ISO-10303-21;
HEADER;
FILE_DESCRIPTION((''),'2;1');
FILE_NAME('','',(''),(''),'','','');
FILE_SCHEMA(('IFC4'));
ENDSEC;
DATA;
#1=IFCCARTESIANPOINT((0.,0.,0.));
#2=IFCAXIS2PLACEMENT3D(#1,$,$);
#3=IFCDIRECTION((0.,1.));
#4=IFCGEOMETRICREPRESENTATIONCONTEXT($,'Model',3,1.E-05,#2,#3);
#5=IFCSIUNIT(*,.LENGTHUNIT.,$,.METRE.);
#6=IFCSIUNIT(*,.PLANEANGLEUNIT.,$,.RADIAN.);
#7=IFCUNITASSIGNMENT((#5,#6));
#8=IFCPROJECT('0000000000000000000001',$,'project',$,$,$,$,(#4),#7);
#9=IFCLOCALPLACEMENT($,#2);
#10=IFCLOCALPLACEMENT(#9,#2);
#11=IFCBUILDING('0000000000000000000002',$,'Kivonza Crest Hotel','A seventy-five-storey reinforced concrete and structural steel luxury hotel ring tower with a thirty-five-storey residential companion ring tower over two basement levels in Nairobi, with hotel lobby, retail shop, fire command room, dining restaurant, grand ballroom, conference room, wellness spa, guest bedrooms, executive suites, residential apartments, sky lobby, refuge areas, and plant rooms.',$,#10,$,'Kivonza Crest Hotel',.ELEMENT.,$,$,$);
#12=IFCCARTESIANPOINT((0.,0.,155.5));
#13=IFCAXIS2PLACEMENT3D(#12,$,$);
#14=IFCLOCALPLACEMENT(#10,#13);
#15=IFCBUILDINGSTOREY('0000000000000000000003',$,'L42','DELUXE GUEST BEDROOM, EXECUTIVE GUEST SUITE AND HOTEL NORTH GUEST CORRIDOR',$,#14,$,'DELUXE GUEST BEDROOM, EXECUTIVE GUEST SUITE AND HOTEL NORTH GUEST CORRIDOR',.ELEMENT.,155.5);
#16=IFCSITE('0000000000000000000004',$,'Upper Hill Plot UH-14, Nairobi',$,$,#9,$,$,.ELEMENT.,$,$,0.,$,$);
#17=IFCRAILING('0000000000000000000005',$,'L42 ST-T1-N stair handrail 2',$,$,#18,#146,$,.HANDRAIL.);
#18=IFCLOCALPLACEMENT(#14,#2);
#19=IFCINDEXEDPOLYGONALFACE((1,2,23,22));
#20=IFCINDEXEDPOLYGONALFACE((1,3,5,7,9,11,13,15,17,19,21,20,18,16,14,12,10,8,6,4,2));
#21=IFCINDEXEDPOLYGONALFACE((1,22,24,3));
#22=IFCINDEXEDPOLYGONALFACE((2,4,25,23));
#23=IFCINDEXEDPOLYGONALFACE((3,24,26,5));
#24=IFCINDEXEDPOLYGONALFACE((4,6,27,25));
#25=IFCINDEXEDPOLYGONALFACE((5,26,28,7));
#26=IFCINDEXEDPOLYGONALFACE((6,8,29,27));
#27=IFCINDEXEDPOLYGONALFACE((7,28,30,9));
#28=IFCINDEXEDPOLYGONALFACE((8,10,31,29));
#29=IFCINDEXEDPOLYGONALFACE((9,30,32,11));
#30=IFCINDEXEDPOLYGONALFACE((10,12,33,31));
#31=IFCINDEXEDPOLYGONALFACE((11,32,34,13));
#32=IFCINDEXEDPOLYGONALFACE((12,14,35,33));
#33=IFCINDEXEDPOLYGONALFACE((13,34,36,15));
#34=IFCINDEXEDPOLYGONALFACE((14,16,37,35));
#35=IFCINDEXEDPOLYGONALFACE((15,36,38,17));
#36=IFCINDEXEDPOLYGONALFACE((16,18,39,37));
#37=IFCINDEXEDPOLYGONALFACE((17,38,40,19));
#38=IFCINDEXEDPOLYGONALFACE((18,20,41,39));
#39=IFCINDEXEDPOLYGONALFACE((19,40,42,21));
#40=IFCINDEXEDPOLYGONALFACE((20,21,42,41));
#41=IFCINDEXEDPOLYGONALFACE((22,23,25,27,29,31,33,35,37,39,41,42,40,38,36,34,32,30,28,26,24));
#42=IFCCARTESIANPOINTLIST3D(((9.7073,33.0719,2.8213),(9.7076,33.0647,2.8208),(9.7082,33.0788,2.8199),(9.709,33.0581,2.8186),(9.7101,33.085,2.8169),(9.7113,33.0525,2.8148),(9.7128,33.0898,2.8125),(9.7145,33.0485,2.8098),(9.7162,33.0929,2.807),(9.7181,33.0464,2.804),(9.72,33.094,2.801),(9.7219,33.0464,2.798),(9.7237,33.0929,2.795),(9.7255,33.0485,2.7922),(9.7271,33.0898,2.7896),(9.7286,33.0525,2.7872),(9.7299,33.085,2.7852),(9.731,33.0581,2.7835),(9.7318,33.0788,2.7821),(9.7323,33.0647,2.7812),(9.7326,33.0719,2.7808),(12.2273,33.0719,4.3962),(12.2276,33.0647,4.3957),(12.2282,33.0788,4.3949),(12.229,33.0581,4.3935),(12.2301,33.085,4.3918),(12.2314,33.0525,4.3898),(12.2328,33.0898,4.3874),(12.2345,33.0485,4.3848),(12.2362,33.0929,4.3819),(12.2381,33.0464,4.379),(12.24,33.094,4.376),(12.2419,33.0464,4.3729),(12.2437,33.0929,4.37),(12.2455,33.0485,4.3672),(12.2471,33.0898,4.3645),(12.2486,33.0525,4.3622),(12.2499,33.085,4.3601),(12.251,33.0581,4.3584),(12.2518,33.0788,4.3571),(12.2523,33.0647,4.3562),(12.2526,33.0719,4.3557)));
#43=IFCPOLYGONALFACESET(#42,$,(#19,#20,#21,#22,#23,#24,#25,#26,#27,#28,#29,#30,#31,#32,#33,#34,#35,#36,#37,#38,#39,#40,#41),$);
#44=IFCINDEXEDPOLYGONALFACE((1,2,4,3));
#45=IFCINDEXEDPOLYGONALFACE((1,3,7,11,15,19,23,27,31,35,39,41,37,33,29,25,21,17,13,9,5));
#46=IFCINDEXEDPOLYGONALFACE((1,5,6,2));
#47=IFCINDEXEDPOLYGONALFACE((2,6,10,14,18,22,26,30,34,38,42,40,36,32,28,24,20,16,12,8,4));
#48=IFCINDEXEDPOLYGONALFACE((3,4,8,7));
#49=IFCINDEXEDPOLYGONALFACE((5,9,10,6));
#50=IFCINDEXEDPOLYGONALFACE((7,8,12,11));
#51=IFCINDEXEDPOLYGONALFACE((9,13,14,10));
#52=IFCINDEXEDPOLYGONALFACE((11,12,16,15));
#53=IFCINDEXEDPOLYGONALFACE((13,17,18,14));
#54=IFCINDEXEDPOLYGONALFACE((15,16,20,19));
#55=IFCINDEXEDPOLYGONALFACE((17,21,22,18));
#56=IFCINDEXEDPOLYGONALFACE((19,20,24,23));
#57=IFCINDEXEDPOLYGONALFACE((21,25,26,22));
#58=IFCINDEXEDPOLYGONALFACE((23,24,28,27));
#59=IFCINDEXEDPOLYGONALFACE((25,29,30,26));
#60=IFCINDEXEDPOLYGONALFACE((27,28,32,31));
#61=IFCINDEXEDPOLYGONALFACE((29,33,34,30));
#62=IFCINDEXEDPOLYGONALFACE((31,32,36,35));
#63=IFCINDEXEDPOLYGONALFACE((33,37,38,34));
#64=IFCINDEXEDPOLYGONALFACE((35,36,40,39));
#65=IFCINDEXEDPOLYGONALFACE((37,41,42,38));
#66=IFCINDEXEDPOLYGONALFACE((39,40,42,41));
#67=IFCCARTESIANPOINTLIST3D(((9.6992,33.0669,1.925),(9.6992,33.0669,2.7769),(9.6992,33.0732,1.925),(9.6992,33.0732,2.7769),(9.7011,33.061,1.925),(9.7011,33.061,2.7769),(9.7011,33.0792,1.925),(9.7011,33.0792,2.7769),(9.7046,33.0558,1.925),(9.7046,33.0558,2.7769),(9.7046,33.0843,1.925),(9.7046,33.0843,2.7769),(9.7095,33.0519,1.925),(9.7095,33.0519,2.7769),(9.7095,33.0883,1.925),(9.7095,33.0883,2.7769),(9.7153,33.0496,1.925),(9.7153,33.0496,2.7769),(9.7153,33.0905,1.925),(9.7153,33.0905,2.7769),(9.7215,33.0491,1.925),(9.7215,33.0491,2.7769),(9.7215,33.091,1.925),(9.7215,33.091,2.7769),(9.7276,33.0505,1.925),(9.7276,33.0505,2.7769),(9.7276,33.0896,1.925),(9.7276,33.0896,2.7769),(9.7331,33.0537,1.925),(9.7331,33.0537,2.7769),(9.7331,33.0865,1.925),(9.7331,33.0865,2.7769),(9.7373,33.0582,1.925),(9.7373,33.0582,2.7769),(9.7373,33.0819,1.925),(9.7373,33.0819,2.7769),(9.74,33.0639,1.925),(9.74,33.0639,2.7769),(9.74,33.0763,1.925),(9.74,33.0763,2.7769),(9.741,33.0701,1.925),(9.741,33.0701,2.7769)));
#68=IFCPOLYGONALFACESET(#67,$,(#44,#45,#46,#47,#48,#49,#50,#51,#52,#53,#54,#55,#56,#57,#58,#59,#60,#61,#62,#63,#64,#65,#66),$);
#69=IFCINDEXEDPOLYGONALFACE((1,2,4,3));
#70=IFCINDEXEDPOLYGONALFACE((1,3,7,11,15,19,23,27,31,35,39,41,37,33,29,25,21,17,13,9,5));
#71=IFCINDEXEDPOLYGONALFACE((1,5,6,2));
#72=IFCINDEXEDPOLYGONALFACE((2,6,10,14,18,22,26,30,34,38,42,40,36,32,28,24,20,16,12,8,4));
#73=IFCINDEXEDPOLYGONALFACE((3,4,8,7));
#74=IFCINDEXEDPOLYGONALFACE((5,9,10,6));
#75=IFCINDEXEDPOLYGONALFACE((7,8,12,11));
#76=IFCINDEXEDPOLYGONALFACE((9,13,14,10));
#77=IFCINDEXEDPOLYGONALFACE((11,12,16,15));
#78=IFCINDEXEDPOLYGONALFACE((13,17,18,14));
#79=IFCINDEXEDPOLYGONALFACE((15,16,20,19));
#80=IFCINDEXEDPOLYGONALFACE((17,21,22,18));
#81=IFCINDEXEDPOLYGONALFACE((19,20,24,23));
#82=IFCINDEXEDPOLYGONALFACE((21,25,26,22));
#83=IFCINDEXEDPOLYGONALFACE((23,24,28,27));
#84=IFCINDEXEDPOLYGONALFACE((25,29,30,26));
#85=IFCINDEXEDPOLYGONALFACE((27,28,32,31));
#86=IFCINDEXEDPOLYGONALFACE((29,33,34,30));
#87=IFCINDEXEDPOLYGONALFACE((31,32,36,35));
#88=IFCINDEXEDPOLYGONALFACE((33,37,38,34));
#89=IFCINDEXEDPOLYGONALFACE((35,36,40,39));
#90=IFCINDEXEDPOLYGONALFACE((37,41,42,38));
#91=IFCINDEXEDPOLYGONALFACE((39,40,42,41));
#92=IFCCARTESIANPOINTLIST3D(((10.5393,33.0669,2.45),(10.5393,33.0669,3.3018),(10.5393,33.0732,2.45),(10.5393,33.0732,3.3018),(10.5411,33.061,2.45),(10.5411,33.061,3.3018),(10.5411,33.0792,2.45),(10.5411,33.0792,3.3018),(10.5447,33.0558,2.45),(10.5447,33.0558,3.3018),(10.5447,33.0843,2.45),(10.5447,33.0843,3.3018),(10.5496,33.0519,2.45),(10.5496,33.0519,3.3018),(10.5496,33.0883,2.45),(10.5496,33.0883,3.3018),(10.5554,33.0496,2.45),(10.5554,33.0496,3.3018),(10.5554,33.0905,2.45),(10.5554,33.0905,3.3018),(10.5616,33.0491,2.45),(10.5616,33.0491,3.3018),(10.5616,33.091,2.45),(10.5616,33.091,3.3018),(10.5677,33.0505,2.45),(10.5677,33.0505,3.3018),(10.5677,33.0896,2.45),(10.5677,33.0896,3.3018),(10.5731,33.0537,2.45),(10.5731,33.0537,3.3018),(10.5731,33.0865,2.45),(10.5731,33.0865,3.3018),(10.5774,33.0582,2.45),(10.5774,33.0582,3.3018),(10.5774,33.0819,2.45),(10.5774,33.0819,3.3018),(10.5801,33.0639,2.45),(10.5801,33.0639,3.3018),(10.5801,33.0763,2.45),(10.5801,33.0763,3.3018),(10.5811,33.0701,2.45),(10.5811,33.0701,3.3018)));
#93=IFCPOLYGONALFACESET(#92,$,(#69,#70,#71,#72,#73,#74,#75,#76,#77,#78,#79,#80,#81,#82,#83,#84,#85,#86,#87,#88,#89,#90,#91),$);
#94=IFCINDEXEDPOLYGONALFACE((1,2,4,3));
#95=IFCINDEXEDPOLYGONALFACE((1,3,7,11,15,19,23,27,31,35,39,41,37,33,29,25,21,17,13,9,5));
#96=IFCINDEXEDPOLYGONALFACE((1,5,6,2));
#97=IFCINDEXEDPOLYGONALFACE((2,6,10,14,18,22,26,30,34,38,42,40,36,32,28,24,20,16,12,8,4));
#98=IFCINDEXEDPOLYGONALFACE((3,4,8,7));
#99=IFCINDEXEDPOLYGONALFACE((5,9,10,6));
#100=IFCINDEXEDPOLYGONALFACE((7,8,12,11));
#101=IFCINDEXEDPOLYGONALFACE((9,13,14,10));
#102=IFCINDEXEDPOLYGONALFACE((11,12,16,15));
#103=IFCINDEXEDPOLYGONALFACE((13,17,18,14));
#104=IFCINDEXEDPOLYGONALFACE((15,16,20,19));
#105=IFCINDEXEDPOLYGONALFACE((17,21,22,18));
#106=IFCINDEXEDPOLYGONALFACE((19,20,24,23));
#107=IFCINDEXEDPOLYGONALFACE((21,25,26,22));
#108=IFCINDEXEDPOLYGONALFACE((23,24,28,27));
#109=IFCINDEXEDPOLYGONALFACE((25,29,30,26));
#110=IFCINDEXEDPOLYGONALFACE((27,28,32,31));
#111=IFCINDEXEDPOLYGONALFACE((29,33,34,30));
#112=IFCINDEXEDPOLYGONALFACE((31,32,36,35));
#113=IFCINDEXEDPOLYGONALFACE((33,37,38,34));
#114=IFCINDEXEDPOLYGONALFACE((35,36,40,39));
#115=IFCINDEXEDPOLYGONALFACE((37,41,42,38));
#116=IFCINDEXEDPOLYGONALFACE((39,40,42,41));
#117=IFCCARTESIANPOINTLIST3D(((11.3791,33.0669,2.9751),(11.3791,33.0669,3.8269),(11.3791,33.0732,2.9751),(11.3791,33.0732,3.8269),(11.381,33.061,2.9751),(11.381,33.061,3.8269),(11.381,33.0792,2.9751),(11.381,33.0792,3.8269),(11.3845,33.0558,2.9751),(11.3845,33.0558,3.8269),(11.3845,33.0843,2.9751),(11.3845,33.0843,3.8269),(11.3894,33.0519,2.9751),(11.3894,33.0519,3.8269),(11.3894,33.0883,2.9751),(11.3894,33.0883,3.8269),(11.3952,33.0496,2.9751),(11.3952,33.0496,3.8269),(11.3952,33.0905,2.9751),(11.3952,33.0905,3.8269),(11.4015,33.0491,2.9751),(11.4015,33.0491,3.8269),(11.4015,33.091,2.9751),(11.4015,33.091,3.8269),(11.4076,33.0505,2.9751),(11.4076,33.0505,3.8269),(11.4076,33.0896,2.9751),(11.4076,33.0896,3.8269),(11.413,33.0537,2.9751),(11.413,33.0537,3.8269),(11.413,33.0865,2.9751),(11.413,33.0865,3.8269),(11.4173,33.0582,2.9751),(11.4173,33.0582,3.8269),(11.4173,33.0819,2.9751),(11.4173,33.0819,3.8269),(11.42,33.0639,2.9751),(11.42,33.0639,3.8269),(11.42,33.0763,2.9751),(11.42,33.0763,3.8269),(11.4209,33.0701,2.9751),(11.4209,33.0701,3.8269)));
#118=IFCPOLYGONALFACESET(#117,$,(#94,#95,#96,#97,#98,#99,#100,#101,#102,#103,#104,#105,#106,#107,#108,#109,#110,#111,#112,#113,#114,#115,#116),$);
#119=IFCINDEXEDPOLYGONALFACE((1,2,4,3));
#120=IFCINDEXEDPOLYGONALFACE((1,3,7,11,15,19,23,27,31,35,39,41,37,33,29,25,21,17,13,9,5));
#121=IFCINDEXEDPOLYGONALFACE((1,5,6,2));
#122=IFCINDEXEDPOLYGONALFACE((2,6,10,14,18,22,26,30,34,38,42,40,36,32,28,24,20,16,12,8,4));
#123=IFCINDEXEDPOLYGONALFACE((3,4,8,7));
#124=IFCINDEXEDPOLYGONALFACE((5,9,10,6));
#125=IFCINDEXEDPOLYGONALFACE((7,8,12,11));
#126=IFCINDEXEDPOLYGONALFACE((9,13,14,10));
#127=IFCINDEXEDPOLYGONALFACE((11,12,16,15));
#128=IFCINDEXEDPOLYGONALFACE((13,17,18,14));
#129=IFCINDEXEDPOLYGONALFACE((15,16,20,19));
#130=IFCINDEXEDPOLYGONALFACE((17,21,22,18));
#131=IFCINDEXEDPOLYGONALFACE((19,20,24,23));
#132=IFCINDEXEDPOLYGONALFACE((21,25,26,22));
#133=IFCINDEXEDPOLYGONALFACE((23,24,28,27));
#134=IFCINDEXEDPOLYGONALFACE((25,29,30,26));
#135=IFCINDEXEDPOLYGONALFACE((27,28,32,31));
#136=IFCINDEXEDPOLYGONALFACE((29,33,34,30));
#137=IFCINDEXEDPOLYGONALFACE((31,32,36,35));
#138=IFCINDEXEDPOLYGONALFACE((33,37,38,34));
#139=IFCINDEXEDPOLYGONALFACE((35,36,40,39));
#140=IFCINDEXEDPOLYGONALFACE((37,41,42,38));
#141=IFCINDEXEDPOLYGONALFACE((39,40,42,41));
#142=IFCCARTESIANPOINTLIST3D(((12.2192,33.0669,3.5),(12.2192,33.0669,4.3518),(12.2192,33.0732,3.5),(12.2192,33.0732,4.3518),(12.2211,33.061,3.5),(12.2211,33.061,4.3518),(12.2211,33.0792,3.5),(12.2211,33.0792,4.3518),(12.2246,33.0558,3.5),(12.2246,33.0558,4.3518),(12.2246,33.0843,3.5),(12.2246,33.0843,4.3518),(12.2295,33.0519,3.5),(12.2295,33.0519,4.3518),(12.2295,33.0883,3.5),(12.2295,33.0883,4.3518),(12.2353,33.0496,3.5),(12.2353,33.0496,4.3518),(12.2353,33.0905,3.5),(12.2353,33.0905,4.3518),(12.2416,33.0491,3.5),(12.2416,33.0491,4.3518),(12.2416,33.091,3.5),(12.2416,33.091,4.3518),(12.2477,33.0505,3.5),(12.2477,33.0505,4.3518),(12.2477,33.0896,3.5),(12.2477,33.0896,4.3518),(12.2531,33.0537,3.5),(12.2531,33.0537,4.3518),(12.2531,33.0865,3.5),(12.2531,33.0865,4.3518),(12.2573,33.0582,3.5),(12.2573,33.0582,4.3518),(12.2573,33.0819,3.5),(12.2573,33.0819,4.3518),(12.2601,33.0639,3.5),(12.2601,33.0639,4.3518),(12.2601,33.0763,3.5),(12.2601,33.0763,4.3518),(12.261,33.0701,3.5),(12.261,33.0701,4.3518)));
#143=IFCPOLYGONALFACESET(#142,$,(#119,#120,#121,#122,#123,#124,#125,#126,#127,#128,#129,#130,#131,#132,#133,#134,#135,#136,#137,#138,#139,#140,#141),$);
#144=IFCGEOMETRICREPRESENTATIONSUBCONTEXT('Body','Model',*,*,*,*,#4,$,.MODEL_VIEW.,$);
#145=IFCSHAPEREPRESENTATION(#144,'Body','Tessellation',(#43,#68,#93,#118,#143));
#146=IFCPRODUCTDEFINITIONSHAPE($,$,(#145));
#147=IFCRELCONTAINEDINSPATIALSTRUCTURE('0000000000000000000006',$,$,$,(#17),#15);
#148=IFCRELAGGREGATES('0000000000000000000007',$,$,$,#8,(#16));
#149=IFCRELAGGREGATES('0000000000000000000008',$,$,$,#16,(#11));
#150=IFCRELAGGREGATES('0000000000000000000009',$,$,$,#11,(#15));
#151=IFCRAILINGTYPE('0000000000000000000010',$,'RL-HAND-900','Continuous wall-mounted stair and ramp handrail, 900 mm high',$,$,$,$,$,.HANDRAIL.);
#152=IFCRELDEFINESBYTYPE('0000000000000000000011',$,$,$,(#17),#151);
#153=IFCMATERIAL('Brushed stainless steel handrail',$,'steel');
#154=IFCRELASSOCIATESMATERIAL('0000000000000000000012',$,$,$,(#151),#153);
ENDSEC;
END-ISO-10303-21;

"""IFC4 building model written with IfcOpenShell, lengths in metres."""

from ifc_helpers import new_model, si_unit, direction, frame, origin, origin_2d, place, context, subcontext, project, spatial, circle, extrude, material, type_object, element, save


model = new_model("IFC4")

# Units and contexts
model_context = context("Model", 3, precision=1e-05, world=origin(), true_north=direction((0.0, 1.0)))
body_context = subcontext(model_context, "Body", "Model", "MODEL_VIEW")
ifc_project = project(units=[si_unit("LENGTHUNIT", "METRE"), si_unit("PLANEANGLEUNIT", "RADIAN")], contexts=[model_context])

# Site, building, storey
site_placement = place(None, origin())
site = spatial("IfcSite", under=ifc_project, at=site_placement, Name="Upper Hill Plot UH-14, Nairobi", CompositionType="ELEMENT", RefElevation=0.0)
building_placement = place(site_placement, origin())
building = spatial("IfcBuilding", under=site, at=building_placement, Name="Kivonza Crest Hotel", Description="A seventy-five-storey reinforced concrete and structural steel luxury hotel ring tower with a thirty-five-storey residential companion ring tower over two basement levels in Nairobi, with hotel lobby, retail shop, fire command room, dining restaurant, grand ballroom, conference room, wellness spa, guest bedrooms, executive suites, residential apartments, sky lobby, refuge areas, and plant rooms.", LongName="Kivonza Crest Hotel", CompositionType="ELEMENT")
storey_placement = place(building_placement, frame((0.0, 0.0, 155.5)))
storey = spatial("IfcBuildingStorey", under=building, at=storey_placement, Name="L42", Description="DELUXE GUEST BEDROOM, EXECUTIVE GUEST SUITE AND HOTEL NORTH GUEST CORRIDOR", LongName="DELUXE GUEST BEDROOM, EXECUTIVE GUEST SUITE AND HOTEL NORTH GUEST CORRIDOR", CompositionType="ELEMENT", Elevation=155.5)

# Railing
ifc_material_1 = material(Name="Brushed stainless steel handrail", Category="steel")
railing_type_1 = type_object("IfcRailingType", Name="RL-HAND-900", Description="Continuous wall-mounted stair and ramp handrail, 900 mm high", PredefinedType="HANDRAIL", material=ifc_material_1)
railing_1_placement = place(storey_placement, frame((9.72, 33.0701, 1.925)))
element("IfcRailing", 1, at=railing_1_placement, inside=storey, type_object=railing_type_1, Name="L42 ST-T1-N stair handrail 2", PredefinedType="HANDRAIL", context=body_context, shape_type="SweptSolid", body=[
    extrude(circle(Radius=0.0239, at=origin_2d()), frame((0.0, 0.0, 0.876), z_axis=(0.848008, 0.0, 0.529984), x_axis=(0.0, 1.0, 0.0)), (0.0, 0.0, 1.0), 2.9717),
    extrude(circle(Radius=0.021, at=origin_2d()), origin(), (0.0, 0.0, 1.0), 0.8518),
    extrude(circle(Radius=0.021, at=origin_2d()), frame((0.8401, 0.0, 0.5249)), (0.0, 0.0, 1.0), 0.8518),
    extrude(circle(Radius=0.021, at=origin_2d()), frame((1.6799, 0.0, 1.05)), (0.0, 0.0, 1.0), 0.8518),
    extrude(circle(Radius=0.021, at=origin_2d()), frame((2.52, 0.0, 1.575)), (0.0, 0.0, 1.0), 0.8518),
])

save(model, "model.ifc")
